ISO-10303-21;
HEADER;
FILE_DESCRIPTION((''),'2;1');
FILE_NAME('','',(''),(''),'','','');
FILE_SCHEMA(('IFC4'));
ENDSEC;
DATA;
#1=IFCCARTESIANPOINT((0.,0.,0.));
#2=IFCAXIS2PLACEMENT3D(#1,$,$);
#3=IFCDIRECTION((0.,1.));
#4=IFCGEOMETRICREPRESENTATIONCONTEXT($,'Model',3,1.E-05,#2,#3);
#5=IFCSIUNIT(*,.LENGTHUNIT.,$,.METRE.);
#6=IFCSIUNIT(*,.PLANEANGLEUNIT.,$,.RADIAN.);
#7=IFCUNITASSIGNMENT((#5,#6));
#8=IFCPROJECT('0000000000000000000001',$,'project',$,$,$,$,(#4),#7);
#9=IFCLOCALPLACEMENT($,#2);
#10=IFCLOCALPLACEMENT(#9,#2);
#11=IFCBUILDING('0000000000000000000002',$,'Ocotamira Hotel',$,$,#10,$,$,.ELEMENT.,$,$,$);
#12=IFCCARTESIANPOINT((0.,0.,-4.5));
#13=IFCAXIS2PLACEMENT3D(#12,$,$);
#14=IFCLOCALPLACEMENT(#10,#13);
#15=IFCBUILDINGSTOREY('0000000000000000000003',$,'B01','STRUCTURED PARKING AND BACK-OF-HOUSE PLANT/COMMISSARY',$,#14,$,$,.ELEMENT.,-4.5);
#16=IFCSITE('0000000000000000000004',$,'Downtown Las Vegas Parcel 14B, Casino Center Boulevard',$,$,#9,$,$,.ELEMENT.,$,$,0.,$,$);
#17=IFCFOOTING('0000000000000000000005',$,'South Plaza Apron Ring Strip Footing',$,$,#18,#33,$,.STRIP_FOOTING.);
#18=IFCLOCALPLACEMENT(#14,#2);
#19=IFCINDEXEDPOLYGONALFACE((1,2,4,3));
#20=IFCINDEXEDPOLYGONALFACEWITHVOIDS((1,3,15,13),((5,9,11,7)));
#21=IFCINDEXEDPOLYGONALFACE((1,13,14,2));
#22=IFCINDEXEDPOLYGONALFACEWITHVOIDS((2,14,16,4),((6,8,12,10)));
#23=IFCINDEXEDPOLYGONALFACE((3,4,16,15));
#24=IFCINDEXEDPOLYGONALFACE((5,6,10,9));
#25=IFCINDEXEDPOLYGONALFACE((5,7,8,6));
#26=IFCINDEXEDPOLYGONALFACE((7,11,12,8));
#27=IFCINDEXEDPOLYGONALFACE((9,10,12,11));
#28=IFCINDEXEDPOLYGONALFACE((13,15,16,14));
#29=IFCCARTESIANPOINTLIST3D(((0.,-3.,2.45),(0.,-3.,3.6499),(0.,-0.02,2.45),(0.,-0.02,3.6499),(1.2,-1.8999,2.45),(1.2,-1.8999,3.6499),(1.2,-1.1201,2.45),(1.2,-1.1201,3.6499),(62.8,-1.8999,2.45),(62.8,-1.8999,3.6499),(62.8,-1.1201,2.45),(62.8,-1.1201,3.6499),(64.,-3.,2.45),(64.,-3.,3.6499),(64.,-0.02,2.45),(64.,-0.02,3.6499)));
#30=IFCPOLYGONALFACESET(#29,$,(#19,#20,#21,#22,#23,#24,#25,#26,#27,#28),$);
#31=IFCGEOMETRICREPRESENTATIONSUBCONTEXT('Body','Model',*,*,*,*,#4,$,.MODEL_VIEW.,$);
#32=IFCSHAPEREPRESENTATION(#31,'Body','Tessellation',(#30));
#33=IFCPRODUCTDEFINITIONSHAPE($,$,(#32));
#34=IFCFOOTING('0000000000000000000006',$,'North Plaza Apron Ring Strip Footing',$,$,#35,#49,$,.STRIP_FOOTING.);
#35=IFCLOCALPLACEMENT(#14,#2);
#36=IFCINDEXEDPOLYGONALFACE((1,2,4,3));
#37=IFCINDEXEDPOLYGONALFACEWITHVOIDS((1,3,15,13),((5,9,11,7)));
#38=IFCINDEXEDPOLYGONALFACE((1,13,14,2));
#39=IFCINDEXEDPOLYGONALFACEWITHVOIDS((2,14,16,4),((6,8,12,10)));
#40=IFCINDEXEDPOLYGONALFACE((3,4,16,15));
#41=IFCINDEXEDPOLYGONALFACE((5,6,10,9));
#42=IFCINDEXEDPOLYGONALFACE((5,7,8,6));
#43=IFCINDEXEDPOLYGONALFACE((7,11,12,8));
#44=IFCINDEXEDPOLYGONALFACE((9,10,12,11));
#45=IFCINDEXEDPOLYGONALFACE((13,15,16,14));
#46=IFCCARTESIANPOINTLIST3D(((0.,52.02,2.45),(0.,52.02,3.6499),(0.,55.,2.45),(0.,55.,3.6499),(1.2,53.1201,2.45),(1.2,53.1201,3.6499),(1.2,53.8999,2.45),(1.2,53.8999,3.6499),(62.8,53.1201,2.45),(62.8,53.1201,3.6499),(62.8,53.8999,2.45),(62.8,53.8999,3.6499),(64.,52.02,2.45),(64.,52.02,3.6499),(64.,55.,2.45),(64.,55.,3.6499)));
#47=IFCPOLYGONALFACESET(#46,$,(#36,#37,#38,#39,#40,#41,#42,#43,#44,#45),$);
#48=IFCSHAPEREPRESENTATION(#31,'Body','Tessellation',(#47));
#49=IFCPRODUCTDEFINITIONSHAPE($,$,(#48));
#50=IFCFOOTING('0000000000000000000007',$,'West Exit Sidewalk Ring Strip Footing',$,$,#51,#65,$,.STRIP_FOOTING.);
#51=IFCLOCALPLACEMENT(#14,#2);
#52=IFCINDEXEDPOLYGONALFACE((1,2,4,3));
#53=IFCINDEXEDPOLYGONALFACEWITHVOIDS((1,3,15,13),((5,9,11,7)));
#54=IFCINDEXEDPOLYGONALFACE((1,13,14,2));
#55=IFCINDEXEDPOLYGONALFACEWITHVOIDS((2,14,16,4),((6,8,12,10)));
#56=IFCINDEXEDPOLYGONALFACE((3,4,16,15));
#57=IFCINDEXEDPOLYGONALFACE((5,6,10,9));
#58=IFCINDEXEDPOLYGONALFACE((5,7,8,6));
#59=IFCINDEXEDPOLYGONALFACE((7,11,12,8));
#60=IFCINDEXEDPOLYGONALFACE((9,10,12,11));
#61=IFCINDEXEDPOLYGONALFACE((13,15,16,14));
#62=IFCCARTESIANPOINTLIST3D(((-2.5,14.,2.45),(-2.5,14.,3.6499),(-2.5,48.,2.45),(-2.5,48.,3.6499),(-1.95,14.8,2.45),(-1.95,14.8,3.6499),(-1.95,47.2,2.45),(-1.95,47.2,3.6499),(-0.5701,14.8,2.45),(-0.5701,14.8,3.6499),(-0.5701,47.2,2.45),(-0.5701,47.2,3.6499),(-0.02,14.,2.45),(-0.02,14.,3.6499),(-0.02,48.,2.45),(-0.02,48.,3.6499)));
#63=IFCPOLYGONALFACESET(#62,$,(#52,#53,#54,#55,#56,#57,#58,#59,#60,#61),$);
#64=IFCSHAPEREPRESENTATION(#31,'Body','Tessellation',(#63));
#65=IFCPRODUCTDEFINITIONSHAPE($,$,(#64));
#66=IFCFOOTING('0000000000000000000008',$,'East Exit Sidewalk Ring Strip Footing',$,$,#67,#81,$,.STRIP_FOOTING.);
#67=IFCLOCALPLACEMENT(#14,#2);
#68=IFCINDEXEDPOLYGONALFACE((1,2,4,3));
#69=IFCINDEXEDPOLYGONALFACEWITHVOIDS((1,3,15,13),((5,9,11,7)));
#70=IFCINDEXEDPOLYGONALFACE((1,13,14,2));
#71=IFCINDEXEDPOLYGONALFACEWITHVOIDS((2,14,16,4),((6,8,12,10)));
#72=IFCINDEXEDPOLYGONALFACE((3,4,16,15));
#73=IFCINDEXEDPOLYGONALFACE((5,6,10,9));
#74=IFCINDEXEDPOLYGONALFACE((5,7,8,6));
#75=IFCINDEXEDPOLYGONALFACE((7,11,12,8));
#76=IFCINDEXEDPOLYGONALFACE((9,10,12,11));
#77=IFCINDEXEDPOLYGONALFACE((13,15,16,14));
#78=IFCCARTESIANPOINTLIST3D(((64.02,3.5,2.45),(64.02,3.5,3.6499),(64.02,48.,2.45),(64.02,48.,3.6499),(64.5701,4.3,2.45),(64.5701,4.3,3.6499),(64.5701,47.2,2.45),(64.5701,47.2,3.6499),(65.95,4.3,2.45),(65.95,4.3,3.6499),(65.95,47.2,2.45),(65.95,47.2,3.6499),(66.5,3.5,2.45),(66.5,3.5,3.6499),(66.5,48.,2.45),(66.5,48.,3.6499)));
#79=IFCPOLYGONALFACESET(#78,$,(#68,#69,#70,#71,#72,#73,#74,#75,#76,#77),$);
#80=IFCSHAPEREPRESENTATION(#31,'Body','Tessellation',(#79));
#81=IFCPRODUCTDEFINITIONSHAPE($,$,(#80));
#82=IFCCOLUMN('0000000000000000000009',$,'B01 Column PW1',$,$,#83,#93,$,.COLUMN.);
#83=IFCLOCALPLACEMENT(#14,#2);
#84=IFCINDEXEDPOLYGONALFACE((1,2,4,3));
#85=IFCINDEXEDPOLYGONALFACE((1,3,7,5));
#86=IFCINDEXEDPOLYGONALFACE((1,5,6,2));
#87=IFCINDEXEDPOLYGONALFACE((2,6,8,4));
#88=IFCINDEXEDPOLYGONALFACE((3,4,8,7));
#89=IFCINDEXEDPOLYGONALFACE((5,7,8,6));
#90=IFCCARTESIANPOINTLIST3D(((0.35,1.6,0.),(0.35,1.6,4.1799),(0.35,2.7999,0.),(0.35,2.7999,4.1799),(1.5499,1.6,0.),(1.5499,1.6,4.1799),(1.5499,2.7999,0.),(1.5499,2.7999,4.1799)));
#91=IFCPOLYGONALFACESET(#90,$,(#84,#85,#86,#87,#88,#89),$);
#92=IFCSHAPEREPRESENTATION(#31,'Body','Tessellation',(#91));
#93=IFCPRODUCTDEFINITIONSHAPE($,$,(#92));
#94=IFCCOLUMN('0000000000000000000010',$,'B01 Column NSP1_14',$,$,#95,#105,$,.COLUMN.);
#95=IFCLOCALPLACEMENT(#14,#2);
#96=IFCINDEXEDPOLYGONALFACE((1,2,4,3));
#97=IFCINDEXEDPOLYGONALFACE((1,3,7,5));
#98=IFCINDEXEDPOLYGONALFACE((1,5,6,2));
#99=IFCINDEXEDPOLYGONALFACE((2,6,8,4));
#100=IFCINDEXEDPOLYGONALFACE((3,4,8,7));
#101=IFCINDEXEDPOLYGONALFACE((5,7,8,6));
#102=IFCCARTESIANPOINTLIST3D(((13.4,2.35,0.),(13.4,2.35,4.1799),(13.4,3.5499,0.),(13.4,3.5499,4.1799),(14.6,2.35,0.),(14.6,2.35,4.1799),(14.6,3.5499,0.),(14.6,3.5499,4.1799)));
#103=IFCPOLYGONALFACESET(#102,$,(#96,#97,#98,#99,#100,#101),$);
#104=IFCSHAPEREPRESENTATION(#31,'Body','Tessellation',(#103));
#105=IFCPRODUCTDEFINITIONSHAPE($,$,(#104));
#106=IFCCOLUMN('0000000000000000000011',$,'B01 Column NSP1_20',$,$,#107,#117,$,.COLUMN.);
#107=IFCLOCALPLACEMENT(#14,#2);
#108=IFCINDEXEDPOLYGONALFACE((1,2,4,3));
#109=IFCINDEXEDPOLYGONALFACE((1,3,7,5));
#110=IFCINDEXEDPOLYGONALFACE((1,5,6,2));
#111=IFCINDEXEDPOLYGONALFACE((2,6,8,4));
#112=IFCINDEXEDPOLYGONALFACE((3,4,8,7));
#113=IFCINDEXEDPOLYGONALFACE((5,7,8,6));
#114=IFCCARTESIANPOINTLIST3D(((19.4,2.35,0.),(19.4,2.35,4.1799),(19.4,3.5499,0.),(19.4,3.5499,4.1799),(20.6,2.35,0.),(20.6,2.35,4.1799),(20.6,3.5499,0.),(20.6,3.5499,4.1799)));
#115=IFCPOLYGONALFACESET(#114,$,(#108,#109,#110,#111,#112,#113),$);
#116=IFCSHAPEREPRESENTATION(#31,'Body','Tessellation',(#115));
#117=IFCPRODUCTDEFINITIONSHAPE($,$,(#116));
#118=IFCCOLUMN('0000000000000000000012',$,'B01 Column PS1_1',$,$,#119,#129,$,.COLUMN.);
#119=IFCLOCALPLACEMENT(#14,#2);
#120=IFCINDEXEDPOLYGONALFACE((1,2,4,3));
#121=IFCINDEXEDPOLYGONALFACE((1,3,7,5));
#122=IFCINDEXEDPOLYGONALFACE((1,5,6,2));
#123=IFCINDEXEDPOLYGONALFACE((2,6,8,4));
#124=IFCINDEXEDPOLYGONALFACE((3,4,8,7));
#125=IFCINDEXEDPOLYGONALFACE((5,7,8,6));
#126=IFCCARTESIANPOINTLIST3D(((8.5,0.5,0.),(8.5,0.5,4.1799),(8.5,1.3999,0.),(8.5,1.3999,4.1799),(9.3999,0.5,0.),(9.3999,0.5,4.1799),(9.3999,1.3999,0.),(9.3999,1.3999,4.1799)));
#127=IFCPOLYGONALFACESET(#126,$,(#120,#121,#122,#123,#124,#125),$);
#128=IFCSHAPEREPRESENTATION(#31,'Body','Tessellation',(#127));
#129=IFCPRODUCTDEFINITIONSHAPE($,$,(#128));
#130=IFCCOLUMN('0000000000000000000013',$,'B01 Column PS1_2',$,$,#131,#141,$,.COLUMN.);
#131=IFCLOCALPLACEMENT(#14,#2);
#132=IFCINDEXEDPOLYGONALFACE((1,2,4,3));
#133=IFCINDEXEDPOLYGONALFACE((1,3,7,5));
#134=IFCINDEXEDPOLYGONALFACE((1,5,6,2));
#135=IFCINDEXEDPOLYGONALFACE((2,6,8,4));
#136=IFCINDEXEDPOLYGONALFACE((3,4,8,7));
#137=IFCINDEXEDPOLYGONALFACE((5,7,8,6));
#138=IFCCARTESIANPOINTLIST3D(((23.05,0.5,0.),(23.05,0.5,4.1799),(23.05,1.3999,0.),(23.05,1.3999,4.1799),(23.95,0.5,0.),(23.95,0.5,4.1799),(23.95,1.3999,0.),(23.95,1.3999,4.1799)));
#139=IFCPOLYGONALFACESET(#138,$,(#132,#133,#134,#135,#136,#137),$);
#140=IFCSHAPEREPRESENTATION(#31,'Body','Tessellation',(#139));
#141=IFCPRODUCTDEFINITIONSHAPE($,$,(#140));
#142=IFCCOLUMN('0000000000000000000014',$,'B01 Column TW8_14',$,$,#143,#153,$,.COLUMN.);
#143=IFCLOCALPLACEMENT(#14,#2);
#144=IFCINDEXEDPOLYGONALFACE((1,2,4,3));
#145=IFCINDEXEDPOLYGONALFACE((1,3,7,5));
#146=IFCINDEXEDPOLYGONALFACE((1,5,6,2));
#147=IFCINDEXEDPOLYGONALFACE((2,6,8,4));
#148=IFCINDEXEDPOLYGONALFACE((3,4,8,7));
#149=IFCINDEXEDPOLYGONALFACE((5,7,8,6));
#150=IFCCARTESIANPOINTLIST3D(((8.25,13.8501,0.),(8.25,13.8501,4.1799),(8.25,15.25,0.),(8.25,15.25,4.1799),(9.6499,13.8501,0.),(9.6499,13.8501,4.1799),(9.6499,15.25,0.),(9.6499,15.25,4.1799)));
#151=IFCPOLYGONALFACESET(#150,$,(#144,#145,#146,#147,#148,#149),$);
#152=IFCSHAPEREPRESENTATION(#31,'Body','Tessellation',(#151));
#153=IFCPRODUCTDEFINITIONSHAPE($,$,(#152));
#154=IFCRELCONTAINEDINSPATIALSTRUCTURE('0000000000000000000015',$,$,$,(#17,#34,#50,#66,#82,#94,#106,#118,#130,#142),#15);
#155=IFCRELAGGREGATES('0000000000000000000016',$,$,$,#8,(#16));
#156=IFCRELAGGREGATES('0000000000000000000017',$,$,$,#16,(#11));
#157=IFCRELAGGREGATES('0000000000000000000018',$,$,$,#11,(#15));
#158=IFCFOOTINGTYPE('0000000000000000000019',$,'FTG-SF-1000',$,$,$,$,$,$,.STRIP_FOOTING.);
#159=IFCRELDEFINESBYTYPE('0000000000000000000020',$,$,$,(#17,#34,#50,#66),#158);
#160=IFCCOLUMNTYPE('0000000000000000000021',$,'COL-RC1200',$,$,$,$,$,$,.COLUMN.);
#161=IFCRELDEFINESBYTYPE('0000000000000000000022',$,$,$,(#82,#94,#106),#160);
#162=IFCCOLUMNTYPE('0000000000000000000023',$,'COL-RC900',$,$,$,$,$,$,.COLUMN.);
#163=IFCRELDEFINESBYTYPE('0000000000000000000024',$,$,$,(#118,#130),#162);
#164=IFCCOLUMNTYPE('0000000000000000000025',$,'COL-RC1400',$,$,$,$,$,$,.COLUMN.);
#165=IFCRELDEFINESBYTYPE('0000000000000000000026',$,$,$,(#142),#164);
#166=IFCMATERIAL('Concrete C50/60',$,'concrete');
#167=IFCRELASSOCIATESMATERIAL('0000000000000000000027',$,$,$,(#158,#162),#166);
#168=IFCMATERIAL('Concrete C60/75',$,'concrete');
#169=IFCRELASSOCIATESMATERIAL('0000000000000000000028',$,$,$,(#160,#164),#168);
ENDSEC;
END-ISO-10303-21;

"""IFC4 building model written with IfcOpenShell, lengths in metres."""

from ifc_helpers import new_model, si_unit, direction, frame, origin, origin_2d, place, context, subcontext, project, spatial, polyline, rectangle, outline, extrude, source, transform, mapped, material, material_profile, profile_set, type_object, element, save


model = new_model("IFC4")

# Units and contexts
model_context = context("Model", 3, precision=1e-05, world=origin(), true_north=direction((0.0, 1.0)))
body_context = subcontext(model_context, "Body", "Model", "MODEL_VIEW")
ifc_project = project(units=[si_unit("LENGTHUNIT", "METRE"), si_unit("PLANEANGLEUNIT", "RADIAN")], contexts=[model_context])

# Site, building, storey
site_placement = place(None, origin())
site = spatial("IfcSite", under=ifc_project, at=site_placement, Name="Downtown Las Vegas Parcel 14B, Casino Center Boulevard", CompositionType="ELEMENT", RefElevation=0.0)
building_placement = place(site_placement, origin())
building = spatial("IfcBuilding", under=site, at=building_placement, Name="Ocotamira Hotel", CompositionType="ELEMENT")
storey_placement = place(building_placement, frame((0.0, 0.0, -4.5)))
storey = spatial("IfcBuildingStorey", under=building, at=storey_placement, Name="B01", Description="STRUCTURED PARKING AND BACK-OF-HOUSE PLANT/COMMISSARY", CompositionType="ELEMENT", Elevation=-4.5)

# Footings
ifc_material_1 = material(Name="Concrete C50/60", Category="concrete")
footing_type = type_object("IfcFootingType", Name="FTG-SF-1000", PredefinedType="STRIP_FOOTING", material=ifc_material_1)
footing_1_placement = place(storey_placement, frame((0.0, 0.0, 2.45)))
element("IfcFooting", 1, at=footing_1_placement, inside=storey, type_object=footing_type, Name="South Plaza Apron Ring Strip Footing", PredefinedType="STRIP_FOOTING", context=body_context, shape_type="SweptSolid", body=[
    extrude(outline(polyline([(0.0, -3.0), (64.0, -3.0), (64.0, -0.02), (0.0, -0.02), (0.0, -3.0)]), holes=[polyline([(1.2, -1.8999), (62.8, -1.8999), (62.8, -1.1201), (1.2, -1.1201), (1.2, -1.8999)])]), origin(), (0.0, 0.0, 1.0), 1.2),
])
footing_2_placement = place(storey_placement, frame((0.0, 0.0, 2.45)))
element("IfcFooting", 2, at=footing_2_placement, inside=storey, type_object=footing_type, Name="North Plaza Apron Ring Strip Footing", PredefinedType="STRIP_FOOTING", context=body_context, shape_type="SweptSolid", body=[
    extrude(outline(polyline([(0.0, 52.02), (64.0, 52.02), (64.0, 55.0), (0.0, 55.0), (0.0, 52.02)]), holes=[polyline([(1.2, 53.1201), (62.8, 53.1201), (62.8, 53.8999), (1.2, 53.8999), (1.2, 53.1201)])]), origin(), (0.0, 0.0, 1.0), 1.2),
])
footing_3_placement = place(storey_placement, frame((0.0, 0.0, 2.45)))
element("IfcFooting", 3, at=footing_3_placement, inside=storey, type_object=footing_type, Name="West Exit Sidewalk Ring Strip Footing", PredefinedType="STRIP_FOOTING", context=body_context, shape_type="SweptSolid", body=[
    extrude(outline(polyline([(-2.5, 14.0), (-0.02, 14.0), (-0.02, 48.0), (-2.5, 48.0), (-2.5, 14.0)]), holes=[polyline([(-1.95, 14.8), (-0.5701, 14.8), (-0.5701, 47.2), (-1.95, 47.2), (-1.95, 14.8)])]), origin(), (0.0, 0.0, 1.0), 1.2),
])
footing_4_placement = place(storey_placement, frame((0.0, 0.0, 2.45)))
element("IfcFooting", 4, at=footing_4_placement, inside=storey, type_object=footing_type, Name="East Exit Sidewalk Ring Strip Footing", PredefinedType="STRIP_FOOTING", context=body_context, shape_type="SweptSolid", body=[
    extrude(outline(polyline([(64.02, 3.5), (66.5, 3.5), (66.5, 48.0), (64.02, 48.0), (64.02, 3.5)]), holes=[polyline([(64.5701, 4.3), (65.95, 4.3), (65.95, 47.2), (64.5701, 47.2), (64.5701, 4.3)])]), origin(), (0.0, 0.0, 1.0), 1.2),
])

# Columns
ifc_material_2 = material(Name="Concrete C60/75", Category="concrete")
ifc_material_profile_1 = material_profile(ifc_material_2, rectangle(XDim=1.2, YDim=1.2, at=origin_2d()), Name="RC1200X1200")
ifc_profile_set_1 = profile_set([ifc_material_profile_1], Name="Concrete C60/75")
column_type_1 = type_object("IfcColumnType", Name="COL-RC1200", PredefinedType="COLUMN", material=ifc_profile_set_1)
shared_shape_1 = source(origin(), body_context, "Body", "SweptSolid", [
    extrude(rectangle(XDim=1.2, YDim=1.2, at=origin_2d()), origin(), (0.0, 0.0, 1.0), 4.1799),
])
for number, where, z_axis, x_axis, name in (
    (5, (0.95, 2.2, 0.0), (0.0, 0.0, 1.0), (1.0, 0.0, 0.0), "B01 Column PW1"),
    (6, (14.0, 2.95, 0.0), (0.0, 0.0, 1.0), (1.0, 0.0, 0.0), "B01 Column NSP1_14"),
    (7, (20.0, 2.95, 0.0), (0.0, 0.0, 1.0), (1.0, 0.0, 0.0), "B01 Column NSP1_20"),
):
    element("IfcColumn", number, at=place(storey_placement, frame(where, z_axis=z_axis, x_axis=x_axis)), inside=storey, type_object=column_type_1, Name=name, PredefinedType="COLUMN", context=body_context, shape_type="MappedRepresentation", body=[
        mapped(shared_shape_1, transform((0.0, 0.0, 0.0), scale=1.0)),
    ])
ifc_material_profile_2 = material_profile(ifc_material_1, rectangle(XDim=0.8999, YDim=0.8999, at=origin_2d()), Name="RC900X900")
ifc_profile_set_2 = profile_set([ifc_material_profile_2], Name="Concrete C50/60")
column_type_2 = type_object("IfcColumnType", Name="COL-RC900", PredefinedType="COLUMN", material=ifc_profile_set_2)
shared_shape_2 = source(origin(), body_context, "Body", "SweptSolid", [
    extrude(rectangle(XDim=0.8999, YDim=0.8999, at=origin_2d()), origin(), (0.0, 0.0, 1.0), 4.1799),
])
for number, where, z_axis, x_axis, name in (
    (8, (8.95, 0.95, 0.0), (0.0, 0.0, 1.0), (1.0, 0.0, 0.0), "B01 Column PS1_1"),
    (9, (23.5, 0.95, 0.0), (0.0, 0.0, 1.0), (1.0, 0.0, 0.0), "B01 Column PS1_2"),
):
    element("IfcColumn", number, at=place(storey_placement, frame(where, z_axis=z_axis, x_axis=x_axis)), inside=storey, type_object=column_type_2, Name=name, PredefinedType="COLUMN", context=body_context, shape_type="MappedRepresentation", body=[
        mapped(shared_shape_2, transform((0.0, 0.0, 0.0), scale=1.0)),
    ])
ifc_material_profile_3 = material_profile(ifc_material_2, rectangle(XDim=1.3999, YDim=1.3999, at=origin_2d()), Name="RC1400X1400")
ifc_profile_set_3 = profile_set([ifc_material_profile_3], Name="Concrete C60/75")
column_type_3 = type_object("IfcColumnType", Name="COL-RC1400", PredefinedType="COLUMN", material=ifc_profile_set_3)
shared_shape_3 = source(origin(), body_context, "Body", "SweptSolid", [
    extrude(rectangle(XDim=1.3999, YDim=1.3999, at=origin_2d()), origin(), (0.0, 0.0, 1.0), 4.1799),
])
column_placement = place(storey_placement, frame((8.95, 14.55, 0.0), z_axis=(0.0, 0.0, 1.0), x_axis=(1.0, 0.0, 0.0)))
element("IfcColumn", 10, at=column_placement, inside=storey, type_object=column_type_3, Name="B01 Column TW8_14", PredefinedType="COLUMN", context=body_context, shape_type="MappedRepresentation", body=[
    mapped(shared_shape_3, transform((0.0, 0.0, 0.0), scale=1.0)),
])

save(model, "model.ifc")
